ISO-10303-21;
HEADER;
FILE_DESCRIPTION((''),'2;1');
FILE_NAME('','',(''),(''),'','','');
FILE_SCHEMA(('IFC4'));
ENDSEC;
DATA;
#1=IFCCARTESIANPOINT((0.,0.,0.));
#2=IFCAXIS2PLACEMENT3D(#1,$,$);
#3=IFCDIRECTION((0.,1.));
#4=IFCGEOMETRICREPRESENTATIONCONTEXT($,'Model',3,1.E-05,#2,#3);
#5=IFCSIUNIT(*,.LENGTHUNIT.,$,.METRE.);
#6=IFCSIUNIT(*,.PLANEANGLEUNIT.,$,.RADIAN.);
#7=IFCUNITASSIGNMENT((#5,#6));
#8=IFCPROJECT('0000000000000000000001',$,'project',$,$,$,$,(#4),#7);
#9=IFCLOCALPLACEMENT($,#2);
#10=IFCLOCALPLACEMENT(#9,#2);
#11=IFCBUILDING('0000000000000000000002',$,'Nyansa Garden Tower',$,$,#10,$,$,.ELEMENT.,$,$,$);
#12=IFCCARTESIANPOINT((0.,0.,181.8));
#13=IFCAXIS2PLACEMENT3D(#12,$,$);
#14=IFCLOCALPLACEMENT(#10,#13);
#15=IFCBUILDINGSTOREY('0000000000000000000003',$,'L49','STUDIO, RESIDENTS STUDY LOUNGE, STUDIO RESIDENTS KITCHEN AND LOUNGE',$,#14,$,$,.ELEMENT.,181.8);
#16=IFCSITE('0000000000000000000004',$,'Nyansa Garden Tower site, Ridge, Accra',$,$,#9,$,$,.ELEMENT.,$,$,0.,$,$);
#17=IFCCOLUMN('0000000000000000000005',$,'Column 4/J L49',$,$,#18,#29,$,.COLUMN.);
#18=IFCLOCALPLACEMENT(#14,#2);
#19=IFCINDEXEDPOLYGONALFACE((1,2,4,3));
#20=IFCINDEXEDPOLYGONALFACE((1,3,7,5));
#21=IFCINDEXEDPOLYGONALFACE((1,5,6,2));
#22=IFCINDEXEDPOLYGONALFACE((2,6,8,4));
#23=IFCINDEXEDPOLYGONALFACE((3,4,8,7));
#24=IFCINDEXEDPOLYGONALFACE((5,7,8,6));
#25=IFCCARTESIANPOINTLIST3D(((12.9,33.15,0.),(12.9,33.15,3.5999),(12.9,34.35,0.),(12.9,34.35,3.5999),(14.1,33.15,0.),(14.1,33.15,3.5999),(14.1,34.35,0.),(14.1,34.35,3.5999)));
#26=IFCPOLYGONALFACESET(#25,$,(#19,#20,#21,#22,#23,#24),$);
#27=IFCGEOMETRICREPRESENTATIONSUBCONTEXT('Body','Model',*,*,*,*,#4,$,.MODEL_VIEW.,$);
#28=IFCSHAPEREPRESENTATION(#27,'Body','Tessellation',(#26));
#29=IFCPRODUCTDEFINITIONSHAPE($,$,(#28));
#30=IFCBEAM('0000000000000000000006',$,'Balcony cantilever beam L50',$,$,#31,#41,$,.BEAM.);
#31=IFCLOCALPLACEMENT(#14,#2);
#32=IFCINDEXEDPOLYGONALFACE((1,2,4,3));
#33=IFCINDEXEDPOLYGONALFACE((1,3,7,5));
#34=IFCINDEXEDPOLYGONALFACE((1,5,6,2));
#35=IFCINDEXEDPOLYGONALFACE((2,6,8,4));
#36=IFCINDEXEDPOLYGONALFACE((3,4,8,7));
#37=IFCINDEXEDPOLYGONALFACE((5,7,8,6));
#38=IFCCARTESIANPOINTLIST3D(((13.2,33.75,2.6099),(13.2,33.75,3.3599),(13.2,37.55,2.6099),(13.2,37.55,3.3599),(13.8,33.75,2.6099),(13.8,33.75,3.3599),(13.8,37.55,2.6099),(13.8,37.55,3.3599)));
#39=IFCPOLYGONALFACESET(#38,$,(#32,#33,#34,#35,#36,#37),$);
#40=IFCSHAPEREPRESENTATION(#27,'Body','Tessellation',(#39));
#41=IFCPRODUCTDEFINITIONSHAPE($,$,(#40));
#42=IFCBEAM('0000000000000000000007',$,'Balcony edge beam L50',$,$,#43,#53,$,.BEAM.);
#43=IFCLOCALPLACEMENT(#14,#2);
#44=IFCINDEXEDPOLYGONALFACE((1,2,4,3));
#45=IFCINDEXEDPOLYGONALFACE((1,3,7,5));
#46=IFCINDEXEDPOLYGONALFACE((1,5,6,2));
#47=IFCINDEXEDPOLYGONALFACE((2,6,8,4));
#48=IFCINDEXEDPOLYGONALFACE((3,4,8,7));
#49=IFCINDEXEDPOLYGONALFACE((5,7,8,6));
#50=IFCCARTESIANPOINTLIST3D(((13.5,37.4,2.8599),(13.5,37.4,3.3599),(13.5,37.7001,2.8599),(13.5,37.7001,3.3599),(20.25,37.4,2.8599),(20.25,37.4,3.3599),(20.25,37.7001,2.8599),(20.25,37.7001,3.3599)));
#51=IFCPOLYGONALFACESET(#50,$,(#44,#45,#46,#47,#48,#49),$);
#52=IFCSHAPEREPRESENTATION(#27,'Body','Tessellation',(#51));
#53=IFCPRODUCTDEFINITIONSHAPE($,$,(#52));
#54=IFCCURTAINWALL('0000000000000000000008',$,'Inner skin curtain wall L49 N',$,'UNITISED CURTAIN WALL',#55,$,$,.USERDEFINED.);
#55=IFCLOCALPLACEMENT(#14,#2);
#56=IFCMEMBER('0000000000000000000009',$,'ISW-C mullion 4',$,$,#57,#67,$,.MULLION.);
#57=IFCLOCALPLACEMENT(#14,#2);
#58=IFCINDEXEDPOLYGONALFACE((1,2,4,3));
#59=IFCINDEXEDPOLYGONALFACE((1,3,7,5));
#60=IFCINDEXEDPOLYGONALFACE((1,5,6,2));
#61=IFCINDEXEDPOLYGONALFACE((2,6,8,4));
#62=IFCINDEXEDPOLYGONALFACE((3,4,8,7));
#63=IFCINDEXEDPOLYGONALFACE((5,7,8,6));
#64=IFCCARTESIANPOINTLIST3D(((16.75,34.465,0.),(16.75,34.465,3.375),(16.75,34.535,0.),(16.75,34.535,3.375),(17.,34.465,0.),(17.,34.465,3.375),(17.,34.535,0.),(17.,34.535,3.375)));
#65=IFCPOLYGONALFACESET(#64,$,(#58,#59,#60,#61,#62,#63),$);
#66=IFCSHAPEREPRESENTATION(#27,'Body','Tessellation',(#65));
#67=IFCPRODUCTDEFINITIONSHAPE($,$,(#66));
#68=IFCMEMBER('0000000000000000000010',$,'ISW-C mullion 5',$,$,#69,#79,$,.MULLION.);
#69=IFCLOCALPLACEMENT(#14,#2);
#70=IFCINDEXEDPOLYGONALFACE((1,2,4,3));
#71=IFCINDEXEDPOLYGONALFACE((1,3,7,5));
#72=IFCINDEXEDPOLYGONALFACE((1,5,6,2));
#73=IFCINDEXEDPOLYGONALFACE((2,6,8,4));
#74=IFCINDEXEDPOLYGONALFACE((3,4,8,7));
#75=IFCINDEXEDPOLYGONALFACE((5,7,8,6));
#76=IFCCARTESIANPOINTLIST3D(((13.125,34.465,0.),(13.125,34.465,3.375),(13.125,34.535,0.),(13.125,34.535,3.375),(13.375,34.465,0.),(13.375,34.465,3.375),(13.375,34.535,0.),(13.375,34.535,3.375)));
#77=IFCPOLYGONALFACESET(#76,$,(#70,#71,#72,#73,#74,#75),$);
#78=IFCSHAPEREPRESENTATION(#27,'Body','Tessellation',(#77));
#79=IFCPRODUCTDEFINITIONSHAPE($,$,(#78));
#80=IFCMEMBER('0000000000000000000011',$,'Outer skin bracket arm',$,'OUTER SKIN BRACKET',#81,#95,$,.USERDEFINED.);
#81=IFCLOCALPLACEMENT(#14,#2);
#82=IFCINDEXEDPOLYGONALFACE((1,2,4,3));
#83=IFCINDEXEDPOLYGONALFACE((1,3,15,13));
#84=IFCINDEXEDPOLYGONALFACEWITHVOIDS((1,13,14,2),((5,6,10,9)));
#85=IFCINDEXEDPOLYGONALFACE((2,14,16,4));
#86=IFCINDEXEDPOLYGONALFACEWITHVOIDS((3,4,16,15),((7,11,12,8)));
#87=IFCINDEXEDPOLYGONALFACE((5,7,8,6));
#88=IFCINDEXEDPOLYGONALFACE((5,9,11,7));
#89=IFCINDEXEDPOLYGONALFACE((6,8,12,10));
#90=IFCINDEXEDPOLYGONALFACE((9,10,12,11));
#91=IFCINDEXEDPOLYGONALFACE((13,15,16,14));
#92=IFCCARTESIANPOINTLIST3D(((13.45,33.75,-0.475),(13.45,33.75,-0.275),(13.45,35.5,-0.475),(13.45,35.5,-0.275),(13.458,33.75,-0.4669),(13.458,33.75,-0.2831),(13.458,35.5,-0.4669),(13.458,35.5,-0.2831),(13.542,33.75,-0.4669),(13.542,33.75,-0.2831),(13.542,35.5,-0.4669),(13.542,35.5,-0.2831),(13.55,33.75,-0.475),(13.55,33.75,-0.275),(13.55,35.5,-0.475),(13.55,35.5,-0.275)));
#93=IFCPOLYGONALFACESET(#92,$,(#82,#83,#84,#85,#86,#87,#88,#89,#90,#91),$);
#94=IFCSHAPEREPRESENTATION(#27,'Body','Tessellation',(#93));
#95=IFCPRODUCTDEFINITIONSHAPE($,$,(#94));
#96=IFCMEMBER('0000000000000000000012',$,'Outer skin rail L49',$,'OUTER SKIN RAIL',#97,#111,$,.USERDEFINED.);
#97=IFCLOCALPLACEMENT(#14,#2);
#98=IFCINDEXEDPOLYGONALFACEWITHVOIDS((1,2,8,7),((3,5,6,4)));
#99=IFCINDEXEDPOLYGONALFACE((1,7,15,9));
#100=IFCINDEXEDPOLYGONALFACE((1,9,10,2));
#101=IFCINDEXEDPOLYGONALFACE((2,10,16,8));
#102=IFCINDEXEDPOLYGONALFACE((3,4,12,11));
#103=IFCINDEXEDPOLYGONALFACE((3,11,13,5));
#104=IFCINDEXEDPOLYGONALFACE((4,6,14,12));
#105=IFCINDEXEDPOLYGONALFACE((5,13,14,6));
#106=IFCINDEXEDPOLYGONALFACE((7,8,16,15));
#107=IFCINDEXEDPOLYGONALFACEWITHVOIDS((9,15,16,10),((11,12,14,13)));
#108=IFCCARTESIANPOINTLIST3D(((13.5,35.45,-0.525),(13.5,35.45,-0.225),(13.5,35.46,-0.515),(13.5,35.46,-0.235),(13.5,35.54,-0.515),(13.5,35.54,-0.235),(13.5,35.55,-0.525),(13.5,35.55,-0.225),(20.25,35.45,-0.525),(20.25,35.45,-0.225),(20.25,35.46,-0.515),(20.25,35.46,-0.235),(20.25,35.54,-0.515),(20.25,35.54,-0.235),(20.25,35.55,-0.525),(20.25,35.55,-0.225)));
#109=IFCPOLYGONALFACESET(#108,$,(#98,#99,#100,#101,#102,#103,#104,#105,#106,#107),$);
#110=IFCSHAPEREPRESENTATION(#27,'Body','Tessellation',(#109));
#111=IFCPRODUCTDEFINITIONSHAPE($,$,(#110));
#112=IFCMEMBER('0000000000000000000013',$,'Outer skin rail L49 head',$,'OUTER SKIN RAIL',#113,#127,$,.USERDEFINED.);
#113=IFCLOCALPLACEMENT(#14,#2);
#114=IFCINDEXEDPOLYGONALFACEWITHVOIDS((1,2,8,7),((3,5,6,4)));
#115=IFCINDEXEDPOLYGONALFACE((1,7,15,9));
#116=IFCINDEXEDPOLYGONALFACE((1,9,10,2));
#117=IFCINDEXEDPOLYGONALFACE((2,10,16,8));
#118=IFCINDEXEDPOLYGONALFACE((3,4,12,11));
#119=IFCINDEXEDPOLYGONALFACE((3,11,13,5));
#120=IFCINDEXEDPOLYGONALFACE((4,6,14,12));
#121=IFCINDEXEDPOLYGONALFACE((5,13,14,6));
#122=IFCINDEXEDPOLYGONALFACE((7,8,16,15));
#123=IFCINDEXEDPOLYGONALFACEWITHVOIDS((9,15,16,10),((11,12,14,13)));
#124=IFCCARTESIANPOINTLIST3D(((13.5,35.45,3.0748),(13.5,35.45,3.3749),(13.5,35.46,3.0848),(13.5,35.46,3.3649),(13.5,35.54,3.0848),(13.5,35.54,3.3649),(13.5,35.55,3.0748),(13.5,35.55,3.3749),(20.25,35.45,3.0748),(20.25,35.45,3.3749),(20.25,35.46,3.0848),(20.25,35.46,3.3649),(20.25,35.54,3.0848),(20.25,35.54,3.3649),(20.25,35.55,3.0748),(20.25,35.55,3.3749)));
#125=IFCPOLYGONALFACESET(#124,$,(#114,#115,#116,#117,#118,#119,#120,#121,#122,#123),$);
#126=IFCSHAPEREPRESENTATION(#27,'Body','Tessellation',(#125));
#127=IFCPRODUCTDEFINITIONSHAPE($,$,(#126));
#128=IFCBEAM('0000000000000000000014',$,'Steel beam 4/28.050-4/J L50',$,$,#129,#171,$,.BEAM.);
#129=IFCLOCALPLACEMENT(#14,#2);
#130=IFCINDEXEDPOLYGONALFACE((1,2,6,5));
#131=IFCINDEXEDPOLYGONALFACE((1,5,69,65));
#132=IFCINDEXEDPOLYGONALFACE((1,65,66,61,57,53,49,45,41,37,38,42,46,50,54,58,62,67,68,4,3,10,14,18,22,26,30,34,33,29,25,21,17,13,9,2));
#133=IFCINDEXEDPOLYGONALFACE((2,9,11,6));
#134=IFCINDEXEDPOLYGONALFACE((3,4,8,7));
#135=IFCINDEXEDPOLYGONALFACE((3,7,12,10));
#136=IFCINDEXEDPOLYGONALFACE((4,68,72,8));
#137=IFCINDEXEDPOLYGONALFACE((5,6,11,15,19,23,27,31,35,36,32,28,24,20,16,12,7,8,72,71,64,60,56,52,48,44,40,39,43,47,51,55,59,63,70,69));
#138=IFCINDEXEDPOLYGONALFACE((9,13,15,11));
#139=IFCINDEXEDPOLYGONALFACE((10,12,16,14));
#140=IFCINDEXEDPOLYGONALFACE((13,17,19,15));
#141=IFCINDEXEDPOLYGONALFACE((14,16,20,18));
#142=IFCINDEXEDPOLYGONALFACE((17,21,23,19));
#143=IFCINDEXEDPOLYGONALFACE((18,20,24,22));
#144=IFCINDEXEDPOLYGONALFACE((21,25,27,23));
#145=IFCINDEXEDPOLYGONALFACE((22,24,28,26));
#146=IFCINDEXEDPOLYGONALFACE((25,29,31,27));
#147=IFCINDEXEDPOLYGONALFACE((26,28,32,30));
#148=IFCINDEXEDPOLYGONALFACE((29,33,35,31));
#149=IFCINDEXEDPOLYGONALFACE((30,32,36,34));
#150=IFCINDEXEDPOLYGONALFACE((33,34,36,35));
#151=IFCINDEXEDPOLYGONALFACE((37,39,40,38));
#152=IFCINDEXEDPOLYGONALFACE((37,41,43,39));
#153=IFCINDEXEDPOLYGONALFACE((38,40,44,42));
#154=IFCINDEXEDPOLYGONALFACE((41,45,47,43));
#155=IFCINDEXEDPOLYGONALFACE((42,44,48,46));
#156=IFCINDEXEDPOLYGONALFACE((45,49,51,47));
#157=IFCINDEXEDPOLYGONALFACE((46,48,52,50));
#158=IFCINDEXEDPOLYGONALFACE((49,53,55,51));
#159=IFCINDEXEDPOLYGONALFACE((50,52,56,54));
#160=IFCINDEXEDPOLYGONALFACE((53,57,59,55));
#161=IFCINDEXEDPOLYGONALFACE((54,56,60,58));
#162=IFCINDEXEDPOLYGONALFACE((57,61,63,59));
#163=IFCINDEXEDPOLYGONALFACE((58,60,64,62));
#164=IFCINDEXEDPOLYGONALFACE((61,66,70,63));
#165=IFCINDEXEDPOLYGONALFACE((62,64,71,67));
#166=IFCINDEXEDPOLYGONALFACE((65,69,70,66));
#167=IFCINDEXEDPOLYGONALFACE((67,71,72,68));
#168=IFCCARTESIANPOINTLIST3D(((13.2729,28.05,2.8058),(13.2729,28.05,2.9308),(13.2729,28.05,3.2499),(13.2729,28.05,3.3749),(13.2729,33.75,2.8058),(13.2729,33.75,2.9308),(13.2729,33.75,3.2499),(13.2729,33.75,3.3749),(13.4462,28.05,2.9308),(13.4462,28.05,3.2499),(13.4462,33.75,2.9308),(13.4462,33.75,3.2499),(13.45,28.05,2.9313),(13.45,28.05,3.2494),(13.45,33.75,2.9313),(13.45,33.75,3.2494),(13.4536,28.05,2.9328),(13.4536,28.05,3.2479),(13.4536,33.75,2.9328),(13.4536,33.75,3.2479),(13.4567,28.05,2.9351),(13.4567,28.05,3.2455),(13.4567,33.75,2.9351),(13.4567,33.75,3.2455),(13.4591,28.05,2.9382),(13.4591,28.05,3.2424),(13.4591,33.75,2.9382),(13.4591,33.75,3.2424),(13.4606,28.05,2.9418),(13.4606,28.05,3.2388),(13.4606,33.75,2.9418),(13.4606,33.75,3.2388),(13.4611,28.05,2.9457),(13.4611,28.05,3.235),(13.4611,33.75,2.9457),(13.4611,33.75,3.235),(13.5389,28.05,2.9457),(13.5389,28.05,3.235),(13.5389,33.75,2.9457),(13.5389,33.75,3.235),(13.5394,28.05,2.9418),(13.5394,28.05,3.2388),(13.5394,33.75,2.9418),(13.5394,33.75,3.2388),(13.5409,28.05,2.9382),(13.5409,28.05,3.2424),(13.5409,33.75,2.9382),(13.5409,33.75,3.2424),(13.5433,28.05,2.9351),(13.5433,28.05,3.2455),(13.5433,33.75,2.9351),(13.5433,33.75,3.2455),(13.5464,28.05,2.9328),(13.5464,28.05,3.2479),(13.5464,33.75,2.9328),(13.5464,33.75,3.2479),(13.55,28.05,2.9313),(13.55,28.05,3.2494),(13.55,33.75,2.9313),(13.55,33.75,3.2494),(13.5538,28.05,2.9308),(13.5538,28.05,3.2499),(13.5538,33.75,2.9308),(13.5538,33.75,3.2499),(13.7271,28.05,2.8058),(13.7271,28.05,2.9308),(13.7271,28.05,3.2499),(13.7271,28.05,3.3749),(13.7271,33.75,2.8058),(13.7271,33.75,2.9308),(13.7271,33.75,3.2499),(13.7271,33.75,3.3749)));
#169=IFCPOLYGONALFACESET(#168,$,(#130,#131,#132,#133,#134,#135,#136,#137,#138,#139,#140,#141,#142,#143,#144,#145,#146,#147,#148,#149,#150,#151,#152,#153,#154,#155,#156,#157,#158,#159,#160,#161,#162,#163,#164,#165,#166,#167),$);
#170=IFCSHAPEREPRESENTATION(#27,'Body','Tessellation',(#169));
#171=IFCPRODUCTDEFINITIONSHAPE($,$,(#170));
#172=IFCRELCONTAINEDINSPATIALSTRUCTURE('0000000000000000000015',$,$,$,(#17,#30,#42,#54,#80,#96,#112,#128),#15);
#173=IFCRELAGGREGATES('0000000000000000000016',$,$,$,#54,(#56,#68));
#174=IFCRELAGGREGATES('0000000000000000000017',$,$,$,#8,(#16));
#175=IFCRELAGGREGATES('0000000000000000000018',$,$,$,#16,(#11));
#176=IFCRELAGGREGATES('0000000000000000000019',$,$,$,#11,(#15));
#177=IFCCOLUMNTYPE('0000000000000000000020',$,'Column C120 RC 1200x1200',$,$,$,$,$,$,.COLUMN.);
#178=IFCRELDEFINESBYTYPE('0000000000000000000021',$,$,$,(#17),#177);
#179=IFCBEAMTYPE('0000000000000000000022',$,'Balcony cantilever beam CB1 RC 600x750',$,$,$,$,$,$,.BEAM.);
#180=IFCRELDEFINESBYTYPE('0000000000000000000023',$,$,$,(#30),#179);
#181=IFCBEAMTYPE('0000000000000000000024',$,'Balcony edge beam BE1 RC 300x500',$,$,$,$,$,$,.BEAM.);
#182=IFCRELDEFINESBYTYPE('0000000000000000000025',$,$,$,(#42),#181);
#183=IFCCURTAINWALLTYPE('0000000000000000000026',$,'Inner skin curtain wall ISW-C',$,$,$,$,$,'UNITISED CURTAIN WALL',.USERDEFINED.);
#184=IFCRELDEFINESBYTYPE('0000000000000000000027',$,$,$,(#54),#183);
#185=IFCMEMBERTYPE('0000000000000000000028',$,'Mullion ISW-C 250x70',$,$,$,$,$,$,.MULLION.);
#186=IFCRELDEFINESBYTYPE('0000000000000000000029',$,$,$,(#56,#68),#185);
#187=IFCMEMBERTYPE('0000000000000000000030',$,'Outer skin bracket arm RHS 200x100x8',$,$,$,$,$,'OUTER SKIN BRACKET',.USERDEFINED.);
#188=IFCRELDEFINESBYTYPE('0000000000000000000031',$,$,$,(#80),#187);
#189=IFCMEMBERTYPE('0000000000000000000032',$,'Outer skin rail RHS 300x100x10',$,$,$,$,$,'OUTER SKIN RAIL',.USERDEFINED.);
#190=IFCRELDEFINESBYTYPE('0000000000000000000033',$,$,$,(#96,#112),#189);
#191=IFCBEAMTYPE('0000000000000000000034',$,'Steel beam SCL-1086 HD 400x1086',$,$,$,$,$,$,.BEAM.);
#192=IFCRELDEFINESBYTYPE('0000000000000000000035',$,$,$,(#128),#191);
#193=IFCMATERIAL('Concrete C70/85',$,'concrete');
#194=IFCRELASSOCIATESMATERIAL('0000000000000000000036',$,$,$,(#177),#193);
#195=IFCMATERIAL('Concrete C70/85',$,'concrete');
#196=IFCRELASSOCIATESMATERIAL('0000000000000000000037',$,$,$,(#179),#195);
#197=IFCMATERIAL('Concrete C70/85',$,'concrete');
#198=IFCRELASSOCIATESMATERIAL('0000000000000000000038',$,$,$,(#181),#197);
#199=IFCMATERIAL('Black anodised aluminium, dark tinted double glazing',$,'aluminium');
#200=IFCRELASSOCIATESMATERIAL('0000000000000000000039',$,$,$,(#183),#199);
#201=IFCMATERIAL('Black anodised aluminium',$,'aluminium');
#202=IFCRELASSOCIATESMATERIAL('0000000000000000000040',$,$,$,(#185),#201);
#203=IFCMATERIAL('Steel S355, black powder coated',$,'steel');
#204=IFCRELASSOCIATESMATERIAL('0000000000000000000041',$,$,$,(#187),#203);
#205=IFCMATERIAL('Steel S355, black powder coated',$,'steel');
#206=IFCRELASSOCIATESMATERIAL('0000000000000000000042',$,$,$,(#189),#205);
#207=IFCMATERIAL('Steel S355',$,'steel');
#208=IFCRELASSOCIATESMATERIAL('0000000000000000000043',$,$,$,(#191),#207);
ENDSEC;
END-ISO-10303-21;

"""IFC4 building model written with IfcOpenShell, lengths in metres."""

from ifc_helpers import new_model, si_unit, direction, frame, origin, origin_2d, place, context, subcontext, project, spatial, rectangle, hollow_rectangle, i_section, extrude, material, material_profile, profile_set, type_object, element, aggregate, save


model = new_model("IFC4")

# Units and contexts
model_context = context("Model", 3, precision=1e-05, world=origin(), true_north=direction((0.0, 1.0)))
body_context = subcontext(model_context, "Body", "Model", "MODEL_VIEW")
ifc_project = project(units=[si_unit("LENGTHUNIT", "METRE"), si_unit("PLANEANGLEUNIT", "RADIAN")], contexts=[model_context])

# Site, building, storey
site_placement = place(None, origin())
site = spatial("IfcSite", under=ifc_project, at=site_placement, Name="Nyansa Garden Tower site, Ridge, Accra", CompositionType="ELEMENT", RefElevation=0.0)
building_placement = place(site_placement, origin())
building = spatial("IfcBuilding", under=site, at=building_placement, Name="Nyansa Garden Tower", CompositionType="ELEMENT")
storey_placement = place(building_placement, frame((0.0, 0.0, 181.8)))
storey = spatial("IfcBuildingStorey", under=building, at=storey_placement, Name="L49", Description="STUDIO, RESIDENTS STUDY LOUNGE, STUDIO RESIDENTS KITCHEN AND LOUNGE", CompositionType="ELEMENT", Elevation=181.8)

# Column
ifc_material_1 = material(Name="Concrete C70/85", Category="concrete")
ifc_material_profile_1 = material_profile(ifc_material_1, rectangle(XDim=1.2, YDim=1.2, at=origin_2d()), Name="RC 1200x1200")
ifc_profile_set_1 = profile_set([ifc_material_profile_1], Name="Concrete C70/85")
column_type = type_object("IfcColumnType", Name="Column C120 RC 1200x1200", PredefinedType="COLUMN", material=ifc_profile_set_1)
column_placement = place(storey_placement, frame((13.5, 33.75, 0.0), z_axis=(0.0, 0.0, 1.0), x_axis=(1.0, 0.0, 0.0)))
element("IfcColumn", 1, at=column_placement, inside=storey, type_object=column_type, Name="Column 4/J L49", PredefinedType="COLUMN", context=body_context, shape_type="SweptSolid", body=[
    extrude(rectangle(XDim=1.2, YDim=1.2, at=origin_2d()), origin(), (0.0, 0.0, 1.0), 3.5999),
])

# Beams
ifc_material_2 = material(Name="Concrete C70/85", Category="concrete")
ifc_material_profile_2 = material_profile(ifc_material_2, rectangle(XDim=0.6001, YDim=0.75, at=origin_2d()), Name="RC 600x750")
ifc_profile_set_2 = profile_set([ifc_material_profile_2], Name="Concrete C70/85")
beam_type_1 = type_object("IfcBeamType", Name="Balcony cantilever beam CB1 RC 600x750", PredefinedType="BEAM", material=ifc_profile_set_2)
beam_1_placement = place(storey_placement, frame((13.5, 33.75, 2.9849), z_axis=(0.0, 1.0, 0.0), x_axis=(-1.0, 0.0, 0.0)))
element("IfcBeam", 2, at=beam_1_placement, inside=storey, type_object=beam_type_1, Name="Balcony cantilever beam L50", PredefinedType="BEAM", context=body_context, shape_type="SweptSolid", body=[
    extrude(rectangle(XDim=0.6001, YDim=0.75, at=origin_2d()), origin(), (0.0, 0.0, 1.0), 3.8),
])
ifc_material_3 = material(Name="Concrete C70/85", Category="concrete")
ifc_material_profile_3 = material_profile(ifc_material_3, rectangle(XDim=0.3, YDim=0.5, at=origin_2d()), Name="RC 300x500")
ifc_profile_set_3 = profile_set([ifc_material_profile_3], Name="Concrete C70/85")
beam_type_2 = type_object("IfcBeamType", Name="Balcony edge beam BE1 RC 300x500", PredefinedType="BEAM", material=ifc_profile_set_3)
beam_2_placement = place(storey_placement, frame((13.5, 37.55, 3.1099), z_axis=(1.0, 0.0, 0.0), x_axis=(0.0, 1.0, 0.0)))
element("IfcBeam", 3, at=beam_2_placement, inside=storey, type_object=beam_type_2, Name="Balcony edge beam L50", PredefinedType="BEAM", context=body_context, shape_type="SweptSolid", body=[
    extrude(rectangle(XDim=0.3, YDim=0.5, at=origin_2d()), origin(), (0.0, 0.0, 1.0), 6.75),
])

# Curtain wall, members
ifc_material_4 = material(Name="Black anodised aluminium, dark tinted double glazing", Category="aluminium")
curtain_wall_type = type_object("IfcCurtainWallType", Name="Inner skin curtain wall ISW-C", ElementType="UNITISED CURTAIN WALL", PredefinedType="USERDEFINED", material=ifc_material_4)
curtain_wall_placement = place(storey_placement, origin())
curtain_wall = element("IfcCurtainWall", 4, at=curtain_wall_placement, inside=storey, type_object=curtain_wall_type, Name="Inner skin curtain wall L49 N", ObjectType="UNITISED CURTAIN WALL", PredefinedType="USERDEFINED")
ifc_material_5 = material(Name="Black anodised aluminium", Category="aluminium")
ifc_material_profile_4 = material_profile(ifc_material_5, rectangle(XDim=0.0701, YDim=0.25, at=origin_2d()), Name="Mullion 250x70")
ifc_profile_set_4 = profile_set([ifc_material_profile_4], Name="Black anodised aluminium")
member_type_1 = type_object("IfcMemberType", Name="Mullion ISW-C 250x70", PredefinedType="MULLION", material=ifc_profile_set_4)
member_1_placement = place(storey_placement, frame((16.875, 34.5, 0.0), z_axis=(0.0, 0.0, 1.0), x_axis=(0.0, -1.0, 0.0)))
member_1 = element("IfcMember", 5, at=member_1_placement, type_object=member_type_1, Name="ISW-C mullion 4", PredefinedType="MULLION", context=body_context, shape_type="SweptSolid", body=[
    extrude(rectangle(XDim=0.0701, YDim=0.25, at=origin_2d()), origin(), (0.0, 0.0, 1.0), 3.375),
])
member_2_placement = place(storey_placement, frame((13.25, 34.5, 0.0), z_axis=(0.0, 0.0, 1.0), x_axis=(0.0, -1.0, 0.0)))
member_2 = element("IfcMember", 6, at=member_2_placement, type_object=member_type_1, Name="ISW-C mullion 5", PredefinedType="MULLION", context=body_context, shape_type="SweptSolid", body=[
    extrude(rectangle(XDim=0.0701, YDim=0.25, at=origin_2d()), origin(), (0.0, 0.0, 1.0), 3.375),
])

# Members
ifc_material_6 = material(Name="Steel S355, black powder coated", Category="steel")
ifc_material_profile_5 = material_profile(ifc_material_6, hollow_rectangle(XDim=0.1001, YDim=0.2, WallThickness=0.0081, at=origin_2d()), Name="RHS 200x100x8")
ifc_profile_set_5 = profile_set([ifc_material_profile_5], Name="Steel S355, black powder coated")
member_type_2 = type_object("IfcMemberType", Name="Outer skin bracket arm RHS 200x100x8", ElementType="OUTER SKIN BRACKET", PredefinedType="USERDEFINED", material=ifc_profile_set_5)
member_3_placement = place(storey_placement, frame((13.5, 33.75, -0.375), z_axis=(0.0, 1.0, 0.0), x_axis=(-1.0, 0.0, 0.0)))
element("IfcMember", 7, at=member_3_placement, inside=storey, type_object=member_type_2, Name="Outer skin bracket arm", ObjectType="OUTER SKIN BRACKET", PredefinedType="USERDEFINED", context=body_context, shape_type="SweptSolid", body=[
    extrude(hollow_rectangle(XDim=0.1001, YDim=0.2, WallThickness=0.0081, at=origin_2d()), origin(), (0.0, 0.0, 1.0), 1.75),
])
ifc_material_7 = material(Name="Steel S355, black powder coated", Category="steel")
ifc_material_profile_6 = material_profile(ifc_material_7, hollow_rectangle(XDim=0.1001, YDim=0.3, WallThickness=0.01, at=origin_2d()), Name="RHS 300x100x10")
ifc_profile_set_6 = profile_set([ifc_material_profile_6], Name="Steel S355, black powder coated")
member_type_3 = type_object("IfcMemberType", Name="Outer skin rail RHS 300x100x10", ElementType="OUTER SKIN RAIL", PredefinedType="USERDEFINED", material=ifc_profile_set_6)
for number, where, z_axis, x_axis, name in (
    (8, (13.5, 35.5, -0.375), (1.0, 0.0, 0.0), (0.0, 1.0, 0.0), "Outer skin rail L49"),
    (9, (13.5, 35.5, 3.2249), (1.0, 0.0, 0.0), (0.0, 1.0, 0.0), "Outer skin rail L49 head"),
):
    element("IfcMember", number, at=place(storey_placement, frame(where, z_axis=z_axis, x_axis=x_axis)), inside=storey, type_object=member_type_3, Name=name, ObjectType="OUTER SKIN RAIL", PredefinedType="USERDEFINED", context=body_context, shape_type="SweptSolid", body=[
        extrude(hollow_rectangle(XDim=0.1001, YDim=0.3, WallThickness=0.01, at=origin_2d()), origin(), (0.0, 0.0, 1.0), 6.75),
    ])

# Beam
ifc_material_8 = material(Name="Steel S355", Category="steel")
ifc_material_profile_7 = material_profile(ifc_material_8, i_section(OverallWidth=0.4541, OverallDepth=0.5691, WebThickness=0.0779, FlangeThickness=0.125, FilletRadius=0.0149, at=origin_2d()), Name="HD 400x1086")
ifc_profile_set_7 = profile_set([ifc_material_profile_7], Name="Steel S355")
beam_type_3 = type_object("IfcBeamType", Name="Steel beam SCL-1086 HD 400x1086", PredefinedType="BEAM", material=ifc_profile_set_7)
beam_3_placement = place(storey_placement, frame((13.5, 28.05, 3.0903), z_axis=(0.0, 1.0, 0.0), x_axis=(-1.0, 0.0, 0.0)))
element("IfcBeam", 10, at=beam_3_placement, inside=storey, type_object=beam_type_3, Name="Steel beam 4/28.050-4/J L50", PredefinedType="BEAM", context=body_context, shape_type="SweptSolid", body=[
    extrude(i_section(OverallWidth=0.4541, OverallDepth=0.5691, WebThickness=0.0779, FlangeThickness=0.125, FilletRadius=0.0149, at=origin_2d()), origin(), (0.0, 0.0, 1.0), 5.7),
])

aggregate(curtain_wall, [member_1, member_2])

save(model, "model.ifc")
